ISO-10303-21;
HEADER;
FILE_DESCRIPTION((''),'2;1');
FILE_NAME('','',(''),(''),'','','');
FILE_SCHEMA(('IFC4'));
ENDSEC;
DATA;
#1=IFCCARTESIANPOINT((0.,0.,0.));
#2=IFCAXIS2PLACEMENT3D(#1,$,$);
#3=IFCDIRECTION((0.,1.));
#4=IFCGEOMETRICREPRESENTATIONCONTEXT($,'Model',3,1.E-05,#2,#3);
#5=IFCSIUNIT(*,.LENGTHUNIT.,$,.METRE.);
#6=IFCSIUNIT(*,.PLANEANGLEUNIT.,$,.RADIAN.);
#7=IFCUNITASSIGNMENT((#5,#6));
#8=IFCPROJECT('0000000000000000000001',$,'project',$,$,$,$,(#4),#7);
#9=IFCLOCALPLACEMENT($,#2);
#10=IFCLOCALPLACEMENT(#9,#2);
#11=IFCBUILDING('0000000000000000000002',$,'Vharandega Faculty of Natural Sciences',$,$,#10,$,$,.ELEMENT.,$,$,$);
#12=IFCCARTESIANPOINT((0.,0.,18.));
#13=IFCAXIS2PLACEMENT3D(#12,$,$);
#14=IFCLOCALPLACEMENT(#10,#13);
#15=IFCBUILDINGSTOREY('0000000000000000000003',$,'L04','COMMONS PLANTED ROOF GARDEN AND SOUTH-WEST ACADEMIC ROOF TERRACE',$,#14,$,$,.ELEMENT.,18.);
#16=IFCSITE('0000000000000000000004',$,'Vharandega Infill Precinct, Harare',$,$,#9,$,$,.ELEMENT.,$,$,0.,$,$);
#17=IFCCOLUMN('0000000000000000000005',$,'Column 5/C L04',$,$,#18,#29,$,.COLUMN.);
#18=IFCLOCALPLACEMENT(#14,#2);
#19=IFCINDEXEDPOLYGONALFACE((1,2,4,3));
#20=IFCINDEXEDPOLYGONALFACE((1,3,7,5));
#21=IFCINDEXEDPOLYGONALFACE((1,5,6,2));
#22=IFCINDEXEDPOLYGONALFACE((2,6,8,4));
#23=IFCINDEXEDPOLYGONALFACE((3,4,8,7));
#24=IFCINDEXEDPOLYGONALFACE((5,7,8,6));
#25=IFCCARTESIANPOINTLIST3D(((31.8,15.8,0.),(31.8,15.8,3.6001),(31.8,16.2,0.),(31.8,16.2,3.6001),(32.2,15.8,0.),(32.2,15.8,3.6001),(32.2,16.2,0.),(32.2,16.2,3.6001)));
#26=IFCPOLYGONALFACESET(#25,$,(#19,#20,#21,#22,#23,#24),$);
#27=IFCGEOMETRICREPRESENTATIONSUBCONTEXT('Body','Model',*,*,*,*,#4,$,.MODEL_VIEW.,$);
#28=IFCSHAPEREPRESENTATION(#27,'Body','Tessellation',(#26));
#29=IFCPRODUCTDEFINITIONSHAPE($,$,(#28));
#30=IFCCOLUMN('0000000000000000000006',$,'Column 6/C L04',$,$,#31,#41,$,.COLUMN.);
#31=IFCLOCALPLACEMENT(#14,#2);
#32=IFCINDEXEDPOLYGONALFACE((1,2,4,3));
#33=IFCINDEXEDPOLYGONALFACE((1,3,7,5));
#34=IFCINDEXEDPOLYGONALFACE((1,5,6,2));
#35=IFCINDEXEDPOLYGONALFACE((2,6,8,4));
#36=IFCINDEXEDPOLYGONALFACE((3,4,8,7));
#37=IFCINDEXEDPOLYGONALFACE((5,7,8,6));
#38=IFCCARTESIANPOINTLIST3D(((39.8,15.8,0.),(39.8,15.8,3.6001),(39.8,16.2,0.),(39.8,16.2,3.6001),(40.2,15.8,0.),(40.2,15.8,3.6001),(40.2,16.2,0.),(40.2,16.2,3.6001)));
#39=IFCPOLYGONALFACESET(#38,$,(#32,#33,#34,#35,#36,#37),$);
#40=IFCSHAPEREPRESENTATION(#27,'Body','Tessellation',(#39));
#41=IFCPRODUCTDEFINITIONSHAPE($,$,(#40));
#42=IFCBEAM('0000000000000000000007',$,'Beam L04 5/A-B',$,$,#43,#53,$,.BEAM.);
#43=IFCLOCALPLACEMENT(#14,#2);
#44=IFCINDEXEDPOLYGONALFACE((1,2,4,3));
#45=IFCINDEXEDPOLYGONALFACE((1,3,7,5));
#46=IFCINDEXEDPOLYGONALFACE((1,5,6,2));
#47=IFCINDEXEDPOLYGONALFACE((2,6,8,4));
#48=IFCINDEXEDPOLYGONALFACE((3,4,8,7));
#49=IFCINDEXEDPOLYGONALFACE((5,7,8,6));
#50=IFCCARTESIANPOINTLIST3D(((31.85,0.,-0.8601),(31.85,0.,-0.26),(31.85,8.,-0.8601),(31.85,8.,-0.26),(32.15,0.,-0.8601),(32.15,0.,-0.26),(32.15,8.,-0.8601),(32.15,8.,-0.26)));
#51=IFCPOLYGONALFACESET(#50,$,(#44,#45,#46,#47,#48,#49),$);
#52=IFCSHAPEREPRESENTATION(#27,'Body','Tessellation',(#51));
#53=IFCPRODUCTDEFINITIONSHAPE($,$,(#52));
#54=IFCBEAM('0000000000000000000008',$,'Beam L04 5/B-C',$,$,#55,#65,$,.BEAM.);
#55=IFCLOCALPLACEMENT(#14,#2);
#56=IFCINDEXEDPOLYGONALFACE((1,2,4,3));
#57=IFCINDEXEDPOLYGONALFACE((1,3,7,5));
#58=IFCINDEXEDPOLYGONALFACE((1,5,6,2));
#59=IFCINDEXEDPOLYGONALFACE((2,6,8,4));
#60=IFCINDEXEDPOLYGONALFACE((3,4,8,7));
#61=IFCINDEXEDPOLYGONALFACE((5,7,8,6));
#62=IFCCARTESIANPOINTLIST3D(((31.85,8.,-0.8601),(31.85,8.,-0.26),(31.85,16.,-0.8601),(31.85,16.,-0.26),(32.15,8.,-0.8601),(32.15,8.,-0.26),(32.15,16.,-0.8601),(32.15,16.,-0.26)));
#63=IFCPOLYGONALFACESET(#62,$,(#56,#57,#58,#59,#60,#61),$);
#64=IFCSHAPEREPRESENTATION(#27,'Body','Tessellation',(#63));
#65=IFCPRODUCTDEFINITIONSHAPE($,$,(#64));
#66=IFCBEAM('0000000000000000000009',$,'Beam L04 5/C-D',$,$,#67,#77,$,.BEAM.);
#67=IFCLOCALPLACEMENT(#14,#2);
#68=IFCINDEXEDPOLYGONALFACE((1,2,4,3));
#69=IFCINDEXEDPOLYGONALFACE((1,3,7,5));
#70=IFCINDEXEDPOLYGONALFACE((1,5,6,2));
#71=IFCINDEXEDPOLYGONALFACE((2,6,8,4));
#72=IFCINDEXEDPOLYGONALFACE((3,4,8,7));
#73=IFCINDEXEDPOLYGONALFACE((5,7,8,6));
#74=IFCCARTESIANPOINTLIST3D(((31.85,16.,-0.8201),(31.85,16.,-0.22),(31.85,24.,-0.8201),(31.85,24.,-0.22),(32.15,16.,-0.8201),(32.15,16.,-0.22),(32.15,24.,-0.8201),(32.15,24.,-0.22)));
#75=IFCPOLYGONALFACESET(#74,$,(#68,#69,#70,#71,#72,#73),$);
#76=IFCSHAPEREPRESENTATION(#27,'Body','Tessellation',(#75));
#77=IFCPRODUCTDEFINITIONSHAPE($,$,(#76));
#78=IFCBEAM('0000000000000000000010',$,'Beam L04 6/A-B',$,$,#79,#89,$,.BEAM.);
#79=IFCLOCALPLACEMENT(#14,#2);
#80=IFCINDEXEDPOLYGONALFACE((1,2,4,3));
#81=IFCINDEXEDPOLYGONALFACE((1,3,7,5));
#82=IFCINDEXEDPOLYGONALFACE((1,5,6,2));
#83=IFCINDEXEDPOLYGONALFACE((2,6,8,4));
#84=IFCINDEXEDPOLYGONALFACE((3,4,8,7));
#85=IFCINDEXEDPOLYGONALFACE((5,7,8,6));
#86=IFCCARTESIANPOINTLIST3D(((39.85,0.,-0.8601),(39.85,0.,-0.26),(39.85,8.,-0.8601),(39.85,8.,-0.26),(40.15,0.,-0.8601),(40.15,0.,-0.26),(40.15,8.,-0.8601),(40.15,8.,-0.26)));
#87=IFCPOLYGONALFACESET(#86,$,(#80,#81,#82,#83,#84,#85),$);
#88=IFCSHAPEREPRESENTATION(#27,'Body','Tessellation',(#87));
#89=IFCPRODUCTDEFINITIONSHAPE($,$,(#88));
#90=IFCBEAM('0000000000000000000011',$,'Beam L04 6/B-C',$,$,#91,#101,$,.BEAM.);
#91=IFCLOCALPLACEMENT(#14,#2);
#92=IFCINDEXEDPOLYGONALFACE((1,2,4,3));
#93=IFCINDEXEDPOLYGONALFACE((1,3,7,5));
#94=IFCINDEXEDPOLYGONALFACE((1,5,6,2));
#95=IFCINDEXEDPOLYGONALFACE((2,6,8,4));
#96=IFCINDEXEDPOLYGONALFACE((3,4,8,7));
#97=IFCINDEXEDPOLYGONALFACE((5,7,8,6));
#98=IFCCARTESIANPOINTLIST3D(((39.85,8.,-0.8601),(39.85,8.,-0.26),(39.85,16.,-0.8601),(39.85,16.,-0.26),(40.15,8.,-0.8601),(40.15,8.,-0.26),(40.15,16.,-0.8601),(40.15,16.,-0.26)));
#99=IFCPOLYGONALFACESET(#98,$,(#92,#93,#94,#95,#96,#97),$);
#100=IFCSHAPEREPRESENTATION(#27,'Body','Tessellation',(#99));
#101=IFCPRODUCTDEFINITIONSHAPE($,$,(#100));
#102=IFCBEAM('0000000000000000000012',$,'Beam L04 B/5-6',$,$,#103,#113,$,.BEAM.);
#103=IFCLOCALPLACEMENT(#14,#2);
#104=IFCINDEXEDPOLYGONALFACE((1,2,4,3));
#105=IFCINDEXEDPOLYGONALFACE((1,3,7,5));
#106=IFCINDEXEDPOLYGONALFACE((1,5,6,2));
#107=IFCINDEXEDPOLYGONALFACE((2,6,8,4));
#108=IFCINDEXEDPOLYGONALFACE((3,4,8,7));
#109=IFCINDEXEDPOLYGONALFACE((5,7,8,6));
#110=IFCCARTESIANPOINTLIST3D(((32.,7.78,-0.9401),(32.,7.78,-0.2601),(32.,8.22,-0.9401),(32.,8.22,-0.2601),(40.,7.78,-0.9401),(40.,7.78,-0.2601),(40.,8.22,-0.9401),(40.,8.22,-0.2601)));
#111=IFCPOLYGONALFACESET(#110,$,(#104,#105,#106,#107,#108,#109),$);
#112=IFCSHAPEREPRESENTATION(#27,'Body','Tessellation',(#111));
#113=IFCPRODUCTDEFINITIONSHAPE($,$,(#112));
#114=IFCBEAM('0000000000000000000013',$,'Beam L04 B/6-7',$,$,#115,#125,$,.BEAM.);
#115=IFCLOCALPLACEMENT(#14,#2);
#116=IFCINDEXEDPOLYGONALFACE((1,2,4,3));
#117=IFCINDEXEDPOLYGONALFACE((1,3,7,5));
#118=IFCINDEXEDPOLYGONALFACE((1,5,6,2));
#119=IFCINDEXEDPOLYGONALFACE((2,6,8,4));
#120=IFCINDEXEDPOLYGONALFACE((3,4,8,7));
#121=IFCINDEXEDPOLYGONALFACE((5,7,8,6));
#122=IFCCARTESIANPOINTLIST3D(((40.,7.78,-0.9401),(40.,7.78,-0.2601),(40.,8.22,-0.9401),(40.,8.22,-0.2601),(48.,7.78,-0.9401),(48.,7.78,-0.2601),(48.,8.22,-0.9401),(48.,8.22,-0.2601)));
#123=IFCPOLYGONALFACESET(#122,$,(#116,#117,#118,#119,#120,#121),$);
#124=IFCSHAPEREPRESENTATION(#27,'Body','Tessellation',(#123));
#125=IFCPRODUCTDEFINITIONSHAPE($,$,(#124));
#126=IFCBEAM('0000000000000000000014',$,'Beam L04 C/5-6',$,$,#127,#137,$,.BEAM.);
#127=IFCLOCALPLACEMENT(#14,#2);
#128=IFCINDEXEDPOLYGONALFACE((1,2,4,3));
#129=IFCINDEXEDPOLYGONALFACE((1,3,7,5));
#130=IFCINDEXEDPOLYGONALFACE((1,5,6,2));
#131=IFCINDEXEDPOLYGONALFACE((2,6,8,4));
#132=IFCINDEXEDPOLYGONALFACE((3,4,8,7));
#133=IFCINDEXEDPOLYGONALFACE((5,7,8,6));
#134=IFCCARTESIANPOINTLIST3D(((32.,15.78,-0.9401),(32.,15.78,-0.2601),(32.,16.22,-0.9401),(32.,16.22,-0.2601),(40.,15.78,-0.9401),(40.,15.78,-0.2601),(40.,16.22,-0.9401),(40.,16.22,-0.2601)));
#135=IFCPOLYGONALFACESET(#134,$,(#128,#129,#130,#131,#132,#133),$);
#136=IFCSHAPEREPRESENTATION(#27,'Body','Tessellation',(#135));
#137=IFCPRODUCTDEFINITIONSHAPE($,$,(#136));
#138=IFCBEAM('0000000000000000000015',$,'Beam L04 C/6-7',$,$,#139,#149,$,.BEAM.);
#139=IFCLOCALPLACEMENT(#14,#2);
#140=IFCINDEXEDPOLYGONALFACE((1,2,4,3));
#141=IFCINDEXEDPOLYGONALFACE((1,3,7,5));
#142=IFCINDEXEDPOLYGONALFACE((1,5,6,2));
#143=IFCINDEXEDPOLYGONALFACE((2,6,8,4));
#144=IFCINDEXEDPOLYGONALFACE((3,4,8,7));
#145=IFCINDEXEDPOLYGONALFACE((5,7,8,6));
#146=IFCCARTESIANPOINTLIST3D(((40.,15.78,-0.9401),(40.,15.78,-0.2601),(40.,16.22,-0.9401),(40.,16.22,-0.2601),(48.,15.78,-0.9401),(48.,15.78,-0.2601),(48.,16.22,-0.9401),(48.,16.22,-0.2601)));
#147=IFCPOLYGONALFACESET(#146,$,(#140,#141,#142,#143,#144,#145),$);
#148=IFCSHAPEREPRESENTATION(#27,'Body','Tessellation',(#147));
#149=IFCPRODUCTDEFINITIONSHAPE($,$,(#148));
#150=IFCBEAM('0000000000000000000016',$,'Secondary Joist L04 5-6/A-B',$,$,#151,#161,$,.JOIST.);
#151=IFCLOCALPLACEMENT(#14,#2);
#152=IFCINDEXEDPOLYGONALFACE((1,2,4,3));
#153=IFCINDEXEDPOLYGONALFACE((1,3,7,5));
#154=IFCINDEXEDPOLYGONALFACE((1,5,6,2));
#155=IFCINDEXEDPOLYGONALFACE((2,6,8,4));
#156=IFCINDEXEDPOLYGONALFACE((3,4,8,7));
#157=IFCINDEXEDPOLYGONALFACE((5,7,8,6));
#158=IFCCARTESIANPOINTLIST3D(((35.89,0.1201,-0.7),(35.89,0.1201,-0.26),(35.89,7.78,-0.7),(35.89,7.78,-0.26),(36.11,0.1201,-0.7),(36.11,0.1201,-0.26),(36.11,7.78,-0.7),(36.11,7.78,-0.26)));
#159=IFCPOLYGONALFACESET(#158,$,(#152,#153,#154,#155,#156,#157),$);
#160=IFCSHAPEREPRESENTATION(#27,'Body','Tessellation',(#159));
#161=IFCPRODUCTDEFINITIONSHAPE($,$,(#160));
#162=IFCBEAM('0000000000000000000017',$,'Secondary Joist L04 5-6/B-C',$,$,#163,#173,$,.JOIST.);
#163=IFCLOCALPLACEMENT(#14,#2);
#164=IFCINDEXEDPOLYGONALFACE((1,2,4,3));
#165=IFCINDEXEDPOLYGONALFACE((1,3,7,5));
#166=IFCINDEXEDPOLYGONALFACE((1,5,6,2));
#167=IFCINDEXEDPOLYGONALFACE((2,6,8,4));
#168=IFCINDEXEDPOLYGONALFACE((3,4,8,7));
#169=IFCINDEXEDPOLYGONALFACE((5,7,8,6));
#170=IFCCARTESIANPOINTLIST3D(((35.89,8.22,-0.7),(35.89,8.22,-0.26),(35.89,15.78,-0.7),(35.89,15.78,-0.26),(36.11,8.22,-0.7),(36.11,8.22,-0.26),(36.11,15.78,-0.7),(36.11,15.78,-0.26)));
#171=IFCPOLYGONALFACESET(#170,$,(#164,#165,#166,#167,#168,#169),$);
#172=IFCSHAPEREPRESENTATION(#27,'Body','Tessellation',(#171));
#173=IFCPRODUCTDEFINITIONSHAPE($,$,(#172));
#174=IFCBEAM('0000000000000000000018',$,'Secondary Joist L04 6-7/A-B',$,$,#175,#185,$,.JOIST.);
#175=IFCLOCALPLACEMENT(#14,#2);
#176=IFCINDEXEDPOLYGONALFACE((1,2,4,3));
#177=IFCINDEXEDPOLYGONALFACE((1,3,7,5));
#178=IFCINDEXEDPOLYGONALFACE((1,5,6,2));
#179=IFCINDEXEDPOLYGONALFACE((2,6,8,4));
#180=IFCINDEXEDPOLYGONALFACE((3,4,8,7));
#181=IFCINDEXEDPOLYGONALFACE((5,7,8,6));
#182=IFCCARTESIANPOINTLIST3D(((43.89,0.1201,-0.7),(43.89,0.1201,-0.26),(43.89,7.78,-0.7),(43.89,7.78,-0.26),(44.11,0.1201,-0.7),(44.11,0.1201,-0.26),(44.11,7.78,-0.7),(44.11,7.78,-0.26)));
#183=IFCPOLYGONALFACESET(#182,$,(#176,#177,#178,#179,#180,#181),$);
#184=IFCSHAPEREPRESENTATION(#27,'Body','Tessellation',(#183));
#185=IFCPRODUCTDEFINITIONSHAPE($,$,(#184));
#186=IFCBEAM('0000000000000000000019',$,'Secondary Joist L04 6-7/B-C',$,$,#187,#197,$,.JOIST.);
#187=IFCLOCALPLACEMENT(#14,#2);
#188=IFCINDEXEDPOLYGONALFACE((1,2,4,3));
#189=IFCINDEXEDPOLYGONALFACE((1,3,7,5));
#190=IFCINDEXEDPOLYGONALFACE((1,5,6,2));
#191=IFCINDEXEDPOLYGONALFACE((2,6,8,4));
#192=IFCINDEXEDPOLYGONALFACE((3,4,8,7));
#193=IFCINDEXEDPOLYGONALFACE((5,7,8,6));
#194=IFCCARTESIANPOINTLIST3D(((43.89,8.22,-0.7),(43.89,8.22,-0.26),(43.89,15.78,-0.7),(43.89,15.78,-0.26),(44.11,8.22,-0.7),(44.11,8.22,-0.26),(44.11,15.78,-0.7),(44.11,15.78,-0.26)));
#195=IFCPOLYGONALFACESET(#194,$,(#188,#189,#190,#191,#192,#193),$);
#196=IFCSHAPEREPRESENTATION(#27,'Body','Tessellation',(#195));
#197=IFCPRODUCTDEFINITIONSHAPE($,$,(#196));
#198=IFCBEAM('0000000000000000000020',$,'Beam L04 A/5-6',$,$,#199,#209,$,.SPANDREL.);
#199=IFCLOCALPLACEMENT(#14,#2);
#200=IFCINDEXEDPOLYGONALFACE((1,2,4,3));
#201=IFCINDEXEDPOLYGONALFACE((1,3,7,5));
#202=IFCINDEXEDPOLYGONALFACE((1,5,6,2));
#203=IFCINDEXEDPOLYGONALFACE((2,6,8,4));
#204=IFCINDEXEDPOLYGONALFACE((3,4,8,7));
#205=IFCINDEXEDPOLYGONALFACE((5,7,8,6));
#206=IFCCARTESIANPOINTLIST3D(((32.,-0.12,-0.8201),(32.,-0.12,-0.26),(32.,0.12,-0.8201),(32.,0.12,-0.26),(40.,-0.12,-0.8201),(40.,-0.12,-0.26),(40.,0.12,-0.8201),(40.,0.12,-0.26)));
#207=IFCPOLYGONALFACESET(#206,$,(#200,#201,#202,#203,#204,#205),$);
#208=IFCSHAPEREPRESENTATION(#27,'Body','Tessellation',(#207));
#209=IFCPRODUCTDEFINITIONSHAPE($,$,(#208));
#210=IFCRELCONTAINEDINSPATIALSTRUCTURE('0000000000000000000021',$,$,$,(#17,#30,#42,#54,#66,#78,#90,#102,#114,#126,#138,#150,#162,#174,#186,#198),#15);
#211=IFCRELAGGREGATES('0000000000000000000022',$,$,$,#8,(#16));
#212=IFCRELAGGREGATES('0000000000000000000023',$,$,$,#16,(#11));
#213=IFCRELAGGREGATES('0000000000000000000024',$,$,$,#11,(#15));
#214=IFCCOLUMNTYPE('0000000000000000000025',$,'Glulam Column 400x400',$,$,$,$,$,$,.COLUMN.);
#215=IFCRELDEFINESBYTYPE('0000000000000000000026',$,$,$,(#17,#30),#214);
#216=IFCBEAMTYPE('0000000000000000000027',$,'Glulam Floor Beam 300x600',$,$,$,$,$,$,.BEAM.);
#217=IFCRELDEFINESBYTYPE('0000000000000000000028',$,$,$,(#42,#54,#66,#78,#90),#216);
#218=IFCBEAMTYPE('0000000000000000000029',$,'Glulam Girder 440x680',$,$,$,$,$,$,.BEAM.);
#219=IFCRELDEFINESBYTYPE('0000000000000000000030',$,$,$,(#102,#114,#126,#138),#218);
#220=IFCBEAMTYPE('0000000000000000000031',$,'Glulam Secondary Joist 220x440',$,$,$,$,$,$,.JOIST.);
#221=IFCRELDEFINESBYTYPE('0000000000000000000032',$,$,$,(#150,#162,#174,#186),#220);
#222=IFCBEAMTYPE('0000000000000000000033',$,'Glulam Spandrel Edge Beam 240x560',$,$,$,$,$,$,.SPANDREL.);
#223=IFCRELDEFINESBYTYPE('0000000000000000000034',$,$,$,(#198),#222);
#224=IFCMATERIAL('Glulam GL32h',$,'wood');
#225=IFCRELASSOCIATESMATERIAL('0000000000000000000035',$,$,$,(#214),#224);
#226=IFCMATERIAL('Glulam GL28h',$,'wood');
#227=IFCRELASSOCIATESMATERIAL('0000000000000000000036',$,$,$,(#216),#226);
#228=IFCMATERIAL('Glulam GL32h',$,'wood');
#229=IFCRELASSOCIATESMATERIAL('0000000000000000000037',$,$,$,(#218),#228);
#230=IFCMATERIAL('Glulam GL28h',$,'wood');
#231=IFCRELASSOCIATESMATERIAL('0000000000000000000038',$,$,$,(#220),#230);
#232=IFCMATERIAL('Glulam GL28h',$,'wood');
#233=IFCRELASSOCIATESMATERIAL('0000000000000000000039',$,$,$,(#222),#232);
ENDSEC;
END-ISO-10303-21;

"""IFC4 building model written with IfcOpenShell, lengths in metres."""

from ifc_helpers import new_model, si_unit, direction, frame, origin, origin_2d, place, context, subcontext, project, spatial, rectangle, extrude, material, material_profile, profile_set, type_object, element, save


model = new_model("IFC4")

# Units and contexts
model_context = context("Model", 3, precision=1e-05, world=origin(), true_north=direction((0.0, 1.0)))
body_context = subcontext(model_context, "Body", "Model", "MODEL_VIEW")
ifc_project = project(units=[si_unit("LENGTHUNIT", "METRE"), si_unit("PLANEANGLEUNIT", "RADIAN")], contexts=[model_context])

# Site, building, storey
site_placement = place(None, origin())
site = spatial("IfcSite", under=ifc_project, at=site_placement, Name="Vharandega Infill Precinct, Harare", CompositionType="ELEMENT", RefElevation=0.0)
building_placement = place(site_placement, origin())
building = spatial("IfcBuilding", under=site, at=building_placement, Name="Vharandega Faculty of Natural Sciences", CompositionType="ELEMENT")
storey_placement = place(building_placement, frame((0.0, 0.0, 18.0)))
storey = spatial("IfcBuildingStorey", under=building, at=storey_placement, Name="L04", Description="COMMONS PLANTED ROOF GARDEN AND SOUTH-WEST ACADEMIC ROOF TERRACE", CompositionType="ELEMENT", Elevation=18.0)

# Columns
ifc_material_1 = material(Name="Glulam GL32h", Category="wood")
ifc_material_profile_1 = material_profile(ifc_material_1, rectangle(XDim=0.3999, YDim=0.3999, at=origin_2d()), Name="GL32h 400x400")
ifc_profile_set_1 = profile_set([ifc_material_profile_1], Name="Glulam GL32h")
column_type = type_object("IfcColumnType", Name="Glulam Column 400x400", PredefinedType="COLUMN", material=ifc_profile_set_1)
for number, where, z_axis, x_axis, name in (
    (1, (32.0, 16.0, 0.0), (0.0, 0.0, 1.0), (1.0, 0.0, 0.0), "Column 5/C L04"),
    (2, (40.0, 16.0, 0.0), (0.0, 0.0, 1.0), (1.0, 0.0, 0.0), "Column 6/C L04"),
):
    element("IfcColumn", number, at=place(storey_placement, frame(where, z_axis=z_axis, x_axis=x_axis)), inside=storey, type_object=column_type, Name=name, PredefinedType="COLUMN", context=body_context, shape_type="SweptSolid", body=[
        extrude(rectangle(XDim=0.3999, YDim=0.3999, at=origin_2d()), origin(), (0.0, 0.0, 1.0), 3.6001),
    ])

# Beams
ifc_material_2 = material(Name="Glulam GL28h", Category="wood")
ifc_material_profile_2 = material_profile(ifc_material_2, rectangle(XDim=0.3, YDim=0.6001, at=origin_2d()), Name="GL28h 300x600")
ifc_profile_set_2 = profile_set([ifc_material_profile_2], Name="Glulam GL28h")
beam_type_1 = type_object("IfcBeamType", Name="Glulam Floor Beam 300x600", PredefinedType="BEAM", material=ifc_profile_set_2)
for number, where, z_axis, x_axis, name in (
    (3, (32.0, 0.0, -0.5601), (0.0, 1.0, 0.0), (-1.0, 0.0, 0.0), "Beam L04 5/A-B"),
    (4, (32.0, 8.0, -0.5601), (0.0, 1.0, 0.0), (-1.0, 0.0, 0.0), "Beam L04 5/B-C"),
    (5, (32.0, 16.0, -0.52), (0.0, 1.0, 0.0), (-1.0, 0.0, 0.0), "Beam L04 5/C-D"),
    (6, (40.0, 0.0, -0.5601), (0.0, 1.0, 0.0), (-1.0, 0.0, 0.0), "Beam L04 6/A-B"),
    (7, (40.0, 8.0, -0.5601), (0.0, 1.0, 0.0), (-1.0, 0.0, 0.0), "Beam L04 6/B-C"),
):
    element("IfcBeam", number, at=place(storey_placement, frame(where, z_axis=z_axis, x_axis=x_axis)), inside=storey, type_object=beam_type_1, Name=name, PredefinedType="BEAM", context=body_context, shape_type="SweptSolid", body=[
        extrude(rectangle(XDim=0.3, YDim=0.6001, at=origin_2d()), origin(), (0.0, 0.0, 1.0), 8.0),
    ])
ifc_material_3 = material(Name="Glulam GL32h", Category="wood")
ifc_material_profile_3 = material_profile(ifc_material_3, rectangle(XDim=0.4399, YDim=0.6799, at=origin_2d()), Name="GL32h 440x680")
ifc_profile_set_3 = profile_set([ifc_material_profile_3], Name="Glulam GL32h")
beam_type_2 = type_object("IfcBeamType", Name="Glulam Girder 440x680", PredefinedType="BEAM", material=ifc_profile_set_3)
for number, where, z_axis, x_axis, name in (
    (8, (32.0, 8.0, -0.6001), (1.0, 0.0, 0.0), (0.0, 1.0, 0.0), "Beam L04 B/5-6"),
    (9, (40.0, 8.0, -0.6001), (1.0, 0.0, 0.0), (0.0, 1.0, 0.0), "Beam L04 B/6-7"),
    (10, (32.0, 16.0, -0.6001), (1.0, 0.0, 0.0), (0.0, 1.0, 0.0), "Beam L04 C/5-6"),
    (11, (40.0, 16.0, -0.6001), (1.0, 0.0, 0.0), (0.0, 1.0, 0.0), "Beam L04 C/6-7"),
):
    element("IfcBeam", number, at=place(storey_placement, frame(where, z_axis=z_axis, x_axis=x_axis)), inside=storey, type_object=beam_type_2, Name=name, PredefinedType="BEAM", context=body_context, shape_type="SweptSolid", body=[
        extrude(rectangle(XDim=0.4399, YDim=0.6799, at=origin_2d()), origin(), (0.0, 0.0, 1.0), 8.0),
    ])
ifc_material_4 = material(Name="Glulam GL28h", Category="wood")
ifc_material_profile_4 = material_profile(ifc_material_4, rectangle(XDim=0.22, YDim=0.4399, at=origin_2d()), Name="GL28h 220x440")
ifc_profile_set_4 = profile_set([ifc_material_profile_4], Name="Glulam GL28h")
beam_type_3 = type_object("IfcBeamType", Name="Glulam Secondary Joist 220x440", PredefinedType="JOIST", material=ifc_profile_set_4)
beam_1_placement = place(storey_placement, frame((36.0, 0.1201, -0.48), z_axis=(0.0, 1.0, 0.0), x_axis=(-1.0, 0.0, 0.0)))
element("IfcBeam", 12, at=beam_1_placement, inside=storey, type_object=beam_type_3, Name="Secondary Joist L04 5-6/A-B", PredefinedType="JOIST", context=body_context, shape_type="SweptSolid", body=[
    extrude(rectangle(XDim=0.22, YDim=0.4399, at=origin_2d()), origin(), (0.0, 0.0, 1.0), 7.6599),
])
beam_2_placement = place(storey_placement, frame((36.0, 8.22, -0.48), z_axis=(0.0, 1.0, 0.0), x_axis=(-1.0, 0.0, 0.0)))
element("IfcBeam", 13, at=beam_2_placement, inside=storey, type_object=beam_type_3, Name="Secondary Joist L04 5-6/B-C", PredefinedType="JOIST", context=body_context, shape_type="SweptSolid", body=[
    extrude(rectangle(XDim=0.22, YDim=0.4399, at=origin_2d()), origin(), (0.0, 0.0, 1.0), 7.5601),
])
beam_3_placement = place(storey_placement, frame((44.0, 0.1201, -0.48), z_axis=(0.0, 1.0, 0.0), x_axis=(-1.0, 0.0, 0.0)))
element("IfcBeam", 14, at=beam_3_placement, inside=storey, type_object=beam_type_3, Name="Secondary Joist L04 6-7/A-B", PredefinedType="JOIST", context=body_context, shape_type="SweptSolid", body=[
    extrude(rectangle(XDim=0.22, YDim=0.4399, at=origin_2d()), origin(), (0.0, 0.0, 1.0), 7.6599),
])
beam_4_placement = place(storey_placement, frame((44.0, 8.22, -0.48), z_axis=(0.0, 1.0, 0.0), x_axis=(-1.0, 0.0, 0.0)))
element("IfcBeam", 15, at=beam_4_placement, inside=storey, type_object=beam_type_3, Name="Secondary Joist L04 6-7/B-C", PredefinedType="JOIST", context=body_context, shape_type="SweptSolid", body=[
    extrude(rectangle(XDim=0.22, YDim=0.4399, at=origin_2d()), origin(), (0.0, 0.0, 1.0), 7.5601),
])
ifc_material_5 = material(Name="Glulam GL28h", Category="wood")
ifc_material_profile_5 = material_profile(ifc_material_5, rectangle(XDim=0.24, YDim=0.5601, at=origin_2d()), Name="GL28h 240x560")
ifc_profile_set_5 = profile_set([ifc_material_profile_5], Name="Glulam GL28h")
beam_type_4 = type_object("IfcBeamType", Name="Glulam Spandrel Edge Beam 240x560", PredefinedType="SPANDREL", material=ifc_profile_set_5)
for number, where, z_axis, x_axis, name in (
    (16, (32.0, 0.0, -0.54), (1.0, 0.0, 0.0), (0.0, 1.0, 0.0), "Beam L04 A/5-6"),
):
    element("IfcBeam", number, at=place(storey_placement, frame(where, z_axis=z_axis, x_axis=x_axis)), inside=storey, type_object=beam_type_4, Name=name, PredefinedType="SPANDREL", context=body_context, shape_type="SweptSolid", body=[
        extrude(rectangle(XDim=0.24, YDim=0.5601, at=origin_2d()), origin(), (0.0, 0.0, 1.0), 8.0),
    ])

save(model, "model.ifc")
